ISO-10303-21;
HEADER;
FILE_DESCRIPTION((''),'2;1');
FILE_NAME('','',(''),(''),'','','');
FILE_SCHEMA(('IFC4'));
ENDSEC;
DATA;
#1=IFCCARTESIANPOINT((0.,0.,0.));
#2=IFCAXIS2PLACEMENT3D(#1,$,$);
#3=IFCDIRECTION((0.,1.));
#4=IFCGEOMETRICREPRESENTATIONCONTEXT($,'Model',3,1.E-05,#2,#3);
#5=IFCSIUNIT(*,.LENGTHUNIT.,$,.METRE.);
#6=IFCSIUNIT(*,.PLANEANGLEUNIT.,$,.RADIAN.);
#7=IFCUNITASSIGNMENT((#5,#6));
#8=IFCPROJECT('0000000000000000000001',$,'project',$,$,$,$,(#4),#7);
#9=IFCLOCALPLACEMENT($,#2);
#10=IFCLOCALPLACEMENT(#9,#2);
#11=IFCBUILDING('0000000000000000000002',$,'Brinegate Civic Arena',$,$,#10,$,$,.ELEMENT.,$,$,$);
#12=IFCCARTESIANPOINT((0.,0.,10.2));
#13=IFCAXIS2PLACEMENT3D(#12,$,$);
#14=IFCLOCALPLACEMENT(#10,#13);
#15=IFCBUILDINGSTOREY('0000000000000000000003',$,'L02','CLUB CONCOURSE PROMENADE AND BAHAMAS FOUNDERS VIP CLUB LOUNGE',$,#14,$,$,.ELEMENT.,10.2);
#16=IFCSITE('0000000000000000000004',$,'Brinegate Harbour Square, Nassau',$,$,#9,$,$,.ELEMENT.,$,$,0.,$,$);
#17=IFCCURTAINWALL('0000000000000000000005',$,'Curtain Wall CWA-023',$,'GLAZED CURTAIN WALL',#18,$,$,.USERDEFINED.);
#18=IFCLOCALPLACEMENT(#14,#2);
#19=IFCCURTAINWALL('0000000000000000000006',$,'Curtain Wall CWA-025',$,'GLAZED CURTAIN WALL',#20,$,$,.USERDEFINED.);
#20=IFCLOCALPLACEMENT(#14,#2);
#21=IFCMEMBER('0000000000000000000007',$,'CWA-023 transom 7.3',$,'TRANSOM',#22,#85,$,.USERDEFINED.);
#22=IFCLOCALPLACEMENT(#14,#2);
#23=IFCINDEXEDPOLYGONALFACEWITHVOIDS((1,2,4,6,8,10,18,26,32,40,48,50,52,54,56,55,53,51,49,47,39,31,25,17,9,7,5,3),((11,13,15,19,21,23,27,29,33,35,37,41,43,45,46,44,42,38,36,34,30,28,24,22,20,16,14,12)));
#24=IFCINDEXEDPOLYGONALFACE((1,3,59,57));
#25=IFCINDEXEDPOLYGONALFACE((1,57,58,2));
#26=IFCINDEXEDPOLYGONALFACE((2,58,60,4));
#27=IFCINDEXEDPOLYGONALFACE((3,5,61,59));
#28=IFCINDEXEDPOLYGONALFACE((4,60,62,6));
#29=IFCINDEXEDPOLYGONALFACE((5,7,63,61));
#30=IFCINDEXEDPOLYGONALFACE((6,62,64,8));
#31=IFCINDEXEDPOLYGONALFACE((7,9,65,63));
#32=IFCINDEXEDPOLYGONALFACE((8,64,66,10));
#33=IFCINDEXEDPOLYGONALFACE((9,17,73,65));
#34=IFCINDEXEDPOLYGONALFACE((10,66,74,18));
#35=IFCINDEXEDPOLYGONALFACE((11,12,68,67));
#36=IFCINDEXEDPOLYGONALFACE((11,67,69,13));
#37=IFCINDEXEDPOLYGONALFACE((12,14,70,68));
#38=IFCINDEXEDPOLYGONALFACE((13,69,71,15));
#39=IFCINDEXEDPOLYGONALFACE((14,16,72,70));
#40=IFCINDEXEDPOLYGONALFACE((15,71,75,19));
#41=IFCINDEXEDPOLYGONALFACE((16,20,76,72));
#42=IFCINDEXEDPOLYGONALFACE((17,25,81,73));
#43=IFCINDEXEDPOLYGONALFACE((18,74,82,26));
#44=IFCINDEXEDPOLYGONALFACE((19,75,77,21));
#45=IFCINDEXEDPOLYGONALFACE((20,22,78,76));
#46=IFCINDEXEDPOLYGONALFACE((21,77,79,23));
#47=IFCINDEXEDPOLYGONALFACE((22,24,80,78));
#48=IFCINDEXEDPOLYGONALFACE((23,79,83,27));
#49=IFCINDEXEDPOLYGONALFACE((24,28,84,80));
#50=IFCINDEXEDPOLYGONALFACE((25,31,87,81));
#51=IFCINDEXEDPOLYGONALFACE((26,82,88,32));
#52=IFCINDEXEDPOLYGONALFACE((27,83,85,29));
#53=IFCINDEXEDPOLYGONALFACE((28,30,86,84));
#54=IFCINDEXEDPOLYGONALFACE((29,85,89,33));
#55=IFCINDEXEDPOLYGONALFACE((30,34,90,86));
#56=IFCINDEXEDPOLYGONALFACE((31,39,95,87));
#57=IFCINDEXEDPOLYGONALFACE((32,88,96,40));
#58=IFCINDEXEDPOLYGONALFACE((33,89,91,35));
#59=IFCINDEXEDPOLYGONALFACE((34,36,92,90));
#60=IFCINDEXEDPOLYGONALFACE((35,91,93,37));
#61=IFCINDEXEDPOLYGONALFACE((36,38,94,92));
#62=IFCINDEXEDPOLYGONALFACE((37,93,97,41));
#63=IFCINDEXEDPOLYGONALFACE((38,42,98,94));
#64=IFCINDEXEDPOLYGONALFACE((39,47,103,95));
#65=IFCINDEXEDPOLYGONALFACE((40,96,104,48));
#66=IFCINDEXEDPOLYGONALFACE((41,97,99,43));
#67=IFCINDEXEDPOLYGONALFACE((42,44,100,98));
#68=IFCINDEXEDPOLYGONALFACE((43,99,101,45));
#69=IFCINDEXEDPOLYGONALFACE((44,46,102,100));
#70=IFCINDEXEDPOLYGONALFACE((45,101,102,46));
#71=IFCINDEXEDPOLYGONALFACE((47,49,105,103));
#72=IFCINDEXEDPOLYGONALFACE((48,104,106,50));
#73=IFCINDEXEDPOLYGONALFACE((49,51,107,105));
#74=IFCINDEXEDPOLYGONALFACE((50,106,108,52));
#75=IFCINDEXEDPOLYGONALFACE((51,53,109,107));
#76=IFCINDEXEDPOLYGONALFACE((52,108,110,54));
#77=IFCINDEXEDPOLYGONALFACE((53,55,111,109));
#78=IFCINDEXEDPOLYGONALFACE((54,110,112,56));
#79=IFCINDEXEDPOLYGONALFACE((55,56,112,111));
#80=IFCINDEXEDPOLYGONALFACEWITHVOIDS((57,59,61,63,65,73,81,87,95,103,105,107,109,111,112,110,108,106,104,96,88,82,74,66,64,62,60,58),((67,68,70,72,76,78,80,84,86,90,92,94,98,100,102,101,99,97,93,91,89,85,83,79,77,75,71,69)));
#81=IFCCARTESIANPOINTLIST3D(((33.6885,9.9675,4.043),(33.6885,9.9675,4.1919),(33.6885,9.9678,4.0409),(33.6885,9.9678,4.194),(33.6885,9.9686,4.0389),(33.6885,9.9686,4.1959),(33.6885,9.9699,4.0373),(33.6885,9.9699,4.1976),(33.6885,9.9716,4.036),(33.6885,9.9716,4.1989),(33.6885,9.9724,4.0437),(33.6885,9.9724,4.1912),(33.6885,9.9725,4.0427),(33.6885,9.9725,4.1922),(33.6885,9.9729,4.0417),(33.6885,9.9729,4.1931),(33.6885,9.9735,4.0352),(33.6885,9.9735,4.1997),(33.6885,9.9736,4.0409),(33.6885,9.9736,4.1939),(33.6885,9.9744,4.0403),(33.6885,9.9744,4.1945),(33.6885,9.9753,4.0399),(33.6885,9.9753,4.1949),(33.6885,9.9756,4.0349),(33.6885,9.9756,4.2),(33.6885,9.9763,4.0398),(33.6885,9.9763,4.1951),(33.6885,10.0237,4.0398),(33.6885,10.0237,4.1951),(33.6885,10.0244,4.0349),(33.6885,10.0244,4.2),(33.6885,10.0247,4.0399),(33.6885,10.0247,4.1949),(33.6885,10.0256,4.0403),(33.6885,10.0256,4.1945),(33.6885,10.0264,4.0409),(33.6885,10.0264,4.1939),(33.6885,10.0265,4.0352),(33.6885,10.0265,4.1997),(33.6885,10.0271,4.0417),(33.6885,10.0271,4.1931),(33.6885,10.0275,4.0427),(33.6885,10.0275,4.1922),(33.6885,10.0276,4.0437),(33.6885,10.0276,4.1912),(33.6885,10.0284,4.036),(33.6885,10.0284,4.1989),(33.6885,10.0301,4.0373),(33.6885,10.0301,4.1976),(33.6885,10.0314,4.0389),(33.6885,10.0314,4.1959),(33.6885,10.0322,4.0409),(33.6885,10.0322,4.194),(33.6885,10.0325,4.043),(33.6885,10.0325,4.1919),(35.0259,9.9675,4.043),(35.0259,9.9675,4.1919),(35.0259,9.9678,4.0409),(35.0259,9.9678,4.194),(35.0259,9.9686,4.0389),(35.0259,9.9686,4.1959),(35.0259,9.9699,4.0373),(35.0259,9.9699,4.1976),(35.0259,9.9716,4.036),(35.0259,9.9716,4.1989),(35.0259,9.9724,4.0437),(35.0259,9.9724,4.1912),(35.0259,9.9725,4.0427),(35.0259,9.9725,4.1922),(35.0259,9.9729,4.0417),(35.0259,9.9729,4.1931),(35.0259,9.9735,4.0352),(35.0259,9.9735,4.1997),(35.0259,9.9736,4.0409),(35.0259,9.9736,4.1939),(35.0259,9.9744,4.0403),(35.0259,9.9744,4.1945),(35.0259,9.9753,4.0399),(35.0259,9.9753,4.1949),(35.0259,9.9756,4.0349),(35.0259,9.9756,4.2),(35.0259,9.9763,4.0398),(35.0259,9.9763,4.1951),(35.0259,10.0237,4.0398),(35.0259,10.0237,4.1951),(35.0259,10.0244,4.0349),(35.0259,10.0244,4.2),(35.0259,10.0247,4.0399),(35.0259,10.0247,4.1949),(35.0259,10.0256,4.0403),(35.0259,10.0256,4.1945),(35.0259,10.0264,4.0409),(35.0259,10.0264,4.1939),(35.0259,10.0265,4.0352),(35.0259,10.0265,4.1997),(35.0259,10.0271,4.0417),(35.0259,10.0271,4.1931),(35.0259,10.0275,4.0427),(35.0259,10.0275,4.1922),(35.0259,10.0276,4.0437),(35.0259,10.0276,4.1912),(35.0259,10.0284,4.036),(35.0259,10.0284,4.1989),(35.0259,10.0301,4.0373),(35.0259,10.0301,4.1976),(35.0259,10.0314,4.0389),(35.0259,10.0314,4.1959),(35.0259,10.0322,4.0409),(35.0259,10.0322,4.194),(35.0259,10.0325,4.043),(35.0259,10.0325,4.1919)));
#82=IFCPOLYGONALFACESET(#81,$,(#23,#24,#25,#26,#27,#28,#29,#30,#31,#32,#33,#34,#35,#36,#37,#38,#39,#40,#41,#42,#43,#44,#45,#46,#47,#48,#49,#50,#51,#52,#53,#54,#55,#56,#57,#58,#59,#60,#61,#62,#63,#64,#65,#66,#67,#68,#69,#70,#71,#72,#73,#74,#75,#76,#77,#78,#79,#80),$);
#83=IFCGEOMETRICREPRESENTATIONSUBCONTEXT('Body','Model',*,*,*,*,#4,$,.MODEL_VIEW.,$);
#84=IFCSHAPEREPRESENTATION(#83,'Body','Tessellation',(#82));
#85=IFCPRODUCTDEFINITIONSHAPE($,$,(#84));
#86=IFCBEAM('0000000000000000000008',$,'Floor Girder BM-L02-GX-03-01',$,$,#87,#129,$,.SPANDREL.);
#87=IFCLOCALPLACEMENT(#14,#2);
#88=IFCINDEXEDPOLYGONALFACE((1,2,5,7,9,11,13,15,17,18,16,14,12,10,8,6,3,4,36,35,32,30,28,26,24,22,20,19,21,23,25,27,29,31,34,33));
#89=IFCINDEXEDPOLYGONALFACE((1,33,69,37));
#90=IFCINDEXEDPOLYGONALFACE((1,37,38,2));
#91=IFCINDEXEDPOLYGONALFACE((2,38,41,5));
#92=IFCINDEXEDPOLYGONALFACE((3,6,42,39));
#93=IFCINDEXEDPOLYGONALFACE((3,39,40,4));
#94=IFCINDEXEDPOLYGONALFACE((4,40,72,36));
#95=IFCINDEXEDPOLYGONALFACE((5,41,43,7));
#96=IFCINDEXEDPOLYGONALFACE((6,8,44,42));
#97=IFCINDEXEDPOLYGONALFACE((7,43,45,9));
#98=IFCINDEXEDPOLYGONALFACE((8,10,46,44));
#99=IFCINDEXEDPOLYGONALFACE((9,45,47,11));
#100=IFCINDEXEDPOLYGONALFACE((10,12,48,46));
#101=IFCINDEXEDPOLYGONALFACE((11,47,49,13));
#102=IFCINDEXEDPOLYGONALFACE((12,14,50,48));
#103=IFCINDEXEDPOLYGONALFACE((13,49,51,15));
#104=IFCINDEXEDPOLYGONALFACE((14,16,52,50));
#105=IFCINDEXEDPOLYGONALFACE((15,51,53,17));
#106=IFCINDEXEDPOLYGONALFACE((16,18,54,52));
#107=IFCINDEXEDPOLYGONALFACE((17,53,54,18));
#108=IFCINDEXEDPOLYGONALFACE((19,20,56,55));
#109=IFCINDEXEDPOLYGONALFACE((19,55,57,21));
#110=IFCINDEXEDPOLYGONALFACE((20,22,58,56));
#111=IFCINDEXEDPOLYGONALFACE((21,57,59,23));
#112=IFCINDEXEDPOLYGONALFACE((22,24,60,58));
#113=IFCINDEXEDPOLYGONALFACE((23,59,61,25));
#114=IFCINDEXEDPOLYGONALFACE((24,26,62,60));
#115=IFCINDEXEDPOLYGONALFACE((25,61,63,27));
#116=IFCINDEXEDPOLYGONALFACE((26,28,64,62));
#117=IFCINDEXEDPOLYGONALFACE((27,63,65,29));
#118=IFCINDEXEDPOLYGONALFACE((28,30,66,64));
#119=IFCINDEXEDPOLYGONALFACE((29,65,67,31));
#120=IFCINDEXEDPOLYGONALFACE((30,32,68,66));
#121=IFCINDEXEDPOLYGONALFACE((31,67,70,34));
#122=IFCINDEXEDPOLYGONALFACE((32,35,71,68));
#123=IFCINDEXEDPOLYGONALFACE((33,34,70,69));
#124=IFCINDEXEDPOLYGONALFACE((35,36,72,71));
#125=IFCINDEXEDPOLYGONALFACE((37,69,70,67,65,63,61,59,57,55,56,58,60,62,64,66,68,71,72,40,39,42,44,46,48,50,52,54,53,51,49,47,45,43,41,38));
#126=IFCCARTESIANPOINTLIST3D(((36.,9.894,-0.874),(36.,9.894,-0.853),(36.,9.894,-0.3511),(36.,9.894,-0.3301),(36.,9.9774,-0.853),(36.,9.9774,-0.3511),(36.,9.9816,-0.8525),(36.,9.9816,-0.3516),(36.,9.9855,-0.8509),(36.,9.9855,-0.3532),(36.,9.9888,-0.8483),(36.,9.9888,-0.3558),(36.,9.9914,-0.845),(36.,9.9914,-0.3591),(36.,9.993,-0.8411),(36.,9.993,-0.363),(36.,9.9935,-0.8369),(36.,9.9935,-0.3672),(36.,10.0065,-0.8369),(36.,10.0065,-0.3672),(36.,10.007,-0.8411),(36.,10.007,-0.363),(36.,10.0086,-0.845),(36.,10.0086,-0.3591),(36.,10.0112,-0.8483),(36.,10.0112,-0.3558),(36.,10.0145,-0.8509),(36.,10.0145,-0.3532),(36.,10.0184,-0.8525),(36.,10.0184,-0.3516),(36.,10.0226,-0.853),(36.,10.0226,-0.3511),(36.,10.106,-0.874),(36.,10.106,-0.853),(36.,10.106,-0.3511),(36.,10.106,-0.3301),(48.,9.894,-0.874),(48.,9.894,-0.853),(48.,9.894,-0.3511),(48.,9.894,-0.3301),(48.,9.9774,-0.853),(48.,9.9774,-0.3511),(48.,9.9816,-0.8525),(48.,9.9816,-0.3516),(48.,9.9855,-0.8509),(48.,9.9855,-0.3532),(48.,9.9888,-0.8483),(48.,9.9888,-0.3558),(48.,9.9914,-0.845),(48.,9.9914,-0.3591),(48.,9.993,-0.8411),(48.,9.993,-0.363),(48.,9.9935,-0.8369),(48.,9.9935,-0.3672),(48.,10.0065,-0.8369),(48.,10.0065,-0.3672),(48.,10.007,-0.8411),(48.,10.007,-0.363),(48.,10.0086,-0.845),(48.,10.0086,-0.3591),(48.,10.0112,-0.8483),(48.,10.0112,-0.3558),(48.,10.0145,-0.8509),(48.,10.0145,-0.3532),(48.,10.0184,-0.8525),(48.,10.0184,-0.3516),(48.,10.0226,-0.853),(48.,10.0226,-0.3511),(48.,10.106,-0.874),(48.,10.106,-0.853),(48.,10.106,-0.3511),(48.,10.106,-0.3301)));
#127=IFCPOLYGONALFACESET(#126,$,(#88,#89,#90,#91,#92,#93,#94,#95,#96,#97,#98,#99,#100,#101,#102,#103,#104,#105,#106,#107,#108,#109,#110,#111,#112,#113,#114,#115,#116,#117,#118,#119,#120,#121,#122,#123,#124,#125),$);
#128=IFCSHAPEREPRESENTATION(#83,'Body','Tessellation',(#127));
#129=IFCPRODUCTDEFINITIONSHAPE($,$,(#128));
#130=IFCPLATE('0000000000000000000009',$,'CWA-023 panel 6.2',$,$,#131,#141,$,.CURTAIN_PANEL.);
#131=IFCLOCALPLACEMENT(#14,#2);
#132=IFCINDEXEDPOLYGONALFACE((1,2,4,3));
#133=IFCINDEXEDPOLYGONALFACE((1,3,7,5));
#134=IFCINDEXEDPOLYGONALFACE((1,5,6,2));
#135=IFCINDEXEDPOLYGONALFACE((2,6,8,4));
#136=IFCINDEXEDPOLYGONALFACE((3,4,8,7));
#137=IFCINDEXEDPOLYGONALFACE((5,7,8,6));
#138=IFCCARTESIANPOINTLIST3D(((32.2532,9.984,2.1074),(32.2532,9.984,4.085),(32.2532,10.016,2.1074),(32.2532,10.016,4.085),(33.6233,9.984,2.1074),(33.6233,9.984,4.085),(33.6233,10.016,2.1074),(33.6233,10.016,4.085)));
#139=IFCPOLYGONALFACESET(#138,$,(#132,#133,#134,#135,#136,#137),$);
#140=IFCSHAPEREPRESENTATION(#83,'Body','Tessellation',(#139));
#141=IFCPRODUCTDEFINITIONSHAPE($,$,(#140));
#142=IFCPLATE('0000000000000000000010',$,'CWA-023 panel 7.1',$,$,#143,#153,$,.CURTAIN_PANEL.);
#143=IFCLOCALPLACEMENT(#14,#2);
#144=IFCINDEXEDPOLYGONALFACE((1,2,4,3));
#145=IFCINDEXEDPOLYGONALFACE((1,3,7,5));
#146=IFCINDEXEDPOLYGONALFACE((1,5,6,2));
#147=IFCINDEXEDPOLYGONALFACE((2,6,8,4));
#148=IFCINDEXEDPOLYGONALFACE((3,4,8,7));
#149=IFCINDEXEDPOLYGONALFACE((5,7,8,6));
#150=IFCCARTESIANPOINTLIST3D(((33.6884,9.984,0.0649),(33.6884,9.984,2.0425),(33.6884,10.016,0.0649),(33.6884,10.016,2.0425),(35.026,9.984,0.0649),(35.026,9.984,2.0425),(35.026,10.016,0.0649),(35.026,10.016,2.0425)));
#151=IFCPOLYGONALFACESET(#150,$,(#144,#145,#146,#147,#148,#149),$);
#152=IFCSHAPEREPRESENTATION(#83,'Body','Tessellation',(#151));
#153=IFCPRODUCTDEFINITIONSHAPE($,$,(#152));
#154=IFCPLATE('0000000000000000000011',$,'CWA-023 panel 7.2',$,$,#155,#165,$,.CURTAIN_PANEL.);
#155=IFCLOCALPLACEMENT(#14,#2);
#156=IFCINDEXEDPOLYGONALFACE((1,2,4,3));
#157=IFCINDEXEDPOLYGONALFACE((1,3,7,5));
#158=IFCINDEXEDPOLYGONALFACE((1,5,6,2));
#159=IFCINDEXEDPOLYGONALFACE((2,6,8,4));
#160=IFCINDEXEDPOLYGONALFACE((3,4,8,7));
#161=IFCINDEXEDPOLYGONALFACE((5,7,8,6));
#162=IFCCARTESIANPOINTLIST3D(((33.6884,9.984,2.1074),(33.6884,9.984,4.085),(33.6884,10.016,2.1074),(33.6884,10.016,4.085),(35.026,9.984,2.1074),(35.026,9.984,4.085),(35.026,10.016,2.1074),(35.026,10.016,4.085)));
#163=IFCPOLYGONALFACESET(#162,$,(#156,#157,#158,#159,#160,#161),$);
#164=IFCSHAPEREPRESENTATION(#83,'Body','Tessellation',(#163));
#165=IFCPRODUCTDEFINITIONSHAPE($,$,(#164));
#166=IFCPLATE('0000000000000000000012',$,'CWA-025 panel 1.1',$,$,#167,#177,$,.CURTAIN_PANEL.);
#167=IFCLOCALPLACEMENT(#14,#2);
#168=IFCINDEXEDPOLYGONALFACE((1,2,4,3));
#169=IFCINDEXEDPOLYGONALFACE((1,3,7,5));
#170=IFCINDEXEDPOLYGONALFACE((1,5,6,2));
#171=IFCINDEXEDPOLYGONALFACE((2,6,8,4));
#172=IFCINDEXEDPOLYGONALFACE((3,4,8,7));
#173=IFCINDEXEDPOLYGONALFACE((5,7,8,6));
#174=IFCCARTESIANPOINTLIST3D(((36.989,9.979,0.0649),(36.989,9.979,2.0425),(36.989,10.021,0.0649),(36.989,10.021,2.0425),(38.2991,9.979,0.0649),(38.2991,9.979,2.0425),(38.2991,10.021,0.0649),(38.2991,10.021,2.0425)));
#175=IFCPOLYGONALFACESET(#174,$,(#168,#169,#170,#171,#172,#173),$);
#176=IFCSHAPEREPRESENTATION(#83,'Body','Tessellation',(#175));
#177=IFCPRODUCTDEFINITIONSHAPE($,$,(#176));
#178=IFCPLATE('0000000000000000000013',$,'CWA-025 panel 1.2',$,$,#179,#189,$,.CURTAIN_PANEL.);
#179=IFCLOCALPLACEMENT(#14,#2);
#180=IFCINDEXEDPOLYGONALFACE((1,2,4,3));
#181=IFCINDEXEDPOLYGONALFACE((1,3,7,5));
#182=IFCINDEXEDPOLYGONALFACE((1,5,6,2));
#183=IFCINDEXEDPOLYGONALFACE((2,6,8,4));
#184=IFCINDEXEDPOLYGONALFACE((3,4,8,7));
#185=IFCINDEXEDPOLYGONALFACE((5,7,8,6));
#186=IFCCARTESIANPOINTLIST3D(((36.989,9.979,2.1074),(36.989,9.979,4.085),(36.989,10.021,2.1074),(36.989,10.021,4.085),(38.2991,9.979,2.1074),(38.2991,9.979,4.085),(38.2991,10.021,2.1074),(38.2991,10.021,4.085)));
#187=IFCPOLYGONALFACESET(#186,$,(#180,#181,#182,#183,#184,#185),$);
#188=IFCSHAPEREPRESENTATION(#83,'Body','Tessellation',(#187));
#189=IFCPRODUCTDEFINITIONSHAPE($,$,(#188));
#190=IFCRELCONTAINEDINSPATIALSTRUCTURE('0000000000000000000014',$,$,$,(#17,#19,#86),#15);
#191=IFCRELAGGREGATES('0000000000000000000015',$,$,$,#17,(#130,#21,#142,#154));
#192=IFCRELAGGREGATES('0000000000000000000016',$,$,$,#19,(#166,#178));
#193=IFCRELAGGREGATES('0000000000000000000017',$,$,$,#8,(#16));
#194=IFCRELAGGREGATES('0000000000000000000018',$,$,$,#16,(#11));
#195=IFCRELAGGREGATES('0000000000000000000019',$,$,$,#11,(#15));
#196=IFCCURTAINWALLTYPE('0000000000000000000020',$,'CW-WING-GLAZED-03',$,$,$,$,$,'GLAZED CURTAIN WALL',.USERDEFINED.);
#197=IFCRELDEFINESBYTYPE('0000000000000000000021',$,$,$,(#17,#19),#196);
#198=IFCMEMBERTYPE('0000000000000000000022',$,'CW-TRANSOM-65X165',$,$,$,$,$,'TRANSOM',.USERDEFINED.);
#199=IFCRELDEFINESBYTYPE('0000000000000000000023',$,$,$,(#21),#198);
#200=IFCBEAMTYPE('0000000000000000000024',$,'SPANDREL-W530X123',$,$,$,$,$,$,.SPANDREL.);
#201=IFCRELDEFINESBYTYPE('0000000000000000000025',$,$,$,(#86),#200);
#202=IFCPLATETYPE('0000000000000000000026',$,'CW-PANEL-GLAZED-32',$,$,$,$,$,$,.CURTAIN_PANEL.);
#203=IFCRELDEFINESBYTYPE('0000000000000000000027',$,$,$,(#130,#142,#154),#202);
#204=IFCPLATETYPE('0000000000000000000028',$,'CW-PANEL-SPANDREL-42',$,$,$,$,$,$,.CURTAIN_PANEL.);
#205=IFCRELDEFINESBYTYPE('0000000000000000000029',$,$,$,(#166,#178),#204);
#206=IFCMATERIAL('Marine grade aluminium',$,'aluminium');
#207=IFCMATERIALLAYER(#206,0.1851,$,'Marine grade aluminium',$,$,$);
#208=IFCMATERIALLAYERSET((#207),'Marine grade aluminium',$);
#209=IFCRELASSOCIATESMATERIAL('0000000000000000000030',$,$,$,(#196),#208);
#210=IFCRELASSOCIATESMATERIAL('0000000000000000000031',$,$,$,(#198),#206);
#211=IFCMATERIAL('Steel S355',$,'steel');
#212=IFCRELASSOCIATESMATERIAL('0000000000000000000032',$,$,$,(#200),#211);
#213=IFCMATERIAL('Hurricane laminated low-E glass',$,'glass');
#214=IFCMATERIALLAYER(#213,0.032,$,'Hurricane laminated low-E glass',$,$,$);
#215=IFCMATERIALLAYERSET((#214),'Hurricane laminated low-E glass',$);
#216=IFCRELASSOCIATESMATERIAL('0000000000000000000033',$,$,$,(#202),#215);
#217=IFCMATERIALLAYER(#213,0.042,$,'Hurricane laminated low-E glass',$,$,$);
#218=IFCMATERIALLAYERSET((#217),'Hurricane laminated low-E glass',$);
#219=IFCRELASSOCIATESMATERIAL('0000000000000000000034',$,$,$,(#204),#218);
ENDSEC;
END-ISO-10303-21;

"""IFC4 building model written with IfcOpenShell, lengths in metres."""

from ifc_helpers import new_model, si_unit, direction, frame, origin, origin_2d, place, context, subcontext, project, spatial, rectangle, hollow_rectangle, i_section, extrude, material, layer, layer_set, material_profile, profile_set, type_object, element, aggregate, save


model = new_model("IFC4")

# Units and contexts
model_context = context("Model", 3, precision=1e-05, world=origin(), true_north=direction((0.0, 1.0)))
body_context = subcontext(model_context, "Body", "Model", "MODEL_VIEW")
ifc_project = project(units=[si_unit("LENGTHUNIT", "METRE"), si_unit("PLANEANGLEUNIT", "RADIAN")], contexts=[model_context])

# Site, building, storey
site_placement = place(None, origin())
site = spatial("IfcSite", under=ifc_project, at=site_placement, Name="Brinegate Harbour Square, Nassau", CompositionType="ELEMENT", RefElevation=0.0)
building_placement = place(site_placement, origin())
building = spatial("IfcBuilding", under=site, at=building_placement, Name="Brinegate Civic Arena", CompositionType="ELEMENT")
storey_placement = place(building_placement, frame((0.0, 0.0, 10.2)))
storey = spatial("IfcBuildingStorey", under=building, at=storey_placement, Name="L02", Description="CLUB CONCOURSE PROMENADE AND BAHAMAS FOUNDERS VIP CLUB LOUNGE", CompositionType="ELEMENT", Elevation=10.2)

# Shared definitions
ifc_material_1 = material(Name="Steel S355", Category="steel")

# Curtain walls
ifc_material_2 = material(Name="Marine grade aluminium", Category="aluminium")
ifc_layer_1 = layer(ifc_material_2, 0.1851, Name="Marine grade aluminium")
ifc_layer_set_1 = layer_set([ifc_layer_1], Name="Marine grade aluminium")
curtain_wall_type = type_object("IfcCurtainWallType", Name="CW-WING-GLAZED-03", ElementType="GLAZED CURTAIN WALL", PredefinedType="USERDEFINED", material=ifc_layer_set_1)
curtain_wall_1_placement = place(storey_placement, origin())
curtain_wall_1 = element("IfcCurtainWall", 1, at=curtain_wall_1_placement, inside=storey, type_object=curtain_wall_type, Name="Curtain Wall CWA-023", ObjectType="GLAZED CURTAIN WALL", PredefinedType="USERDEFINED")
curtain_wall_2_placement = place(storey_placement, origin())
curtain_wall_2 = element("IfcCurtainWall", 2, at=curtain_wall_2_placement, inside=storey, type_object=curtain_wall_type, Name="Curtain Wall CWA-025", ObjectType="GLAZED CURTAIN WALL", PredefinedType="USERDEFINED")

# Member
ifc_material_profile_1 = material_profile(ifc_material_2, hollow_rectangle(XDim=0.0649, YDim=0.165, WallThickness=0.0049, InnerFilletRadius=0.0039, OuterFilletRadius=0.0081, at=origin_2d()), Name="TRN65X165")
ifc_profile_set_1 = profile_set([ifc_material_profile_1], Name="Marine grade aluminium")
member_type_1 = type_object("IfcMemberType", Name="CW-TRANSOM-65X165", ElementType="TRANSOM", PredefinedType="USERDEFINED", material=ifc_profile_set_1)
member_1_placement = place(storey_placement, frame((33.6885, 10.0, 4.1174), z_axis=(1.0, 0.0, 0.0), x_axis=(0.0, 1.0, 0.0)))
member_1 = element("IfcMember", 3, at=member_1_placement, type_object=member_type_1, Name="CWA-023 transom 7.3", ObjectType="TRANSOM", PredefinedType="USERDEFINED", context=body_context, shape_type="SweptSolid", body=[
    extrude(hollow_rectangle(XDim=0.0649, YDim=0.165, WallThickness=0.0049, InnerFilletRadius=0.0039, OuterFilletRadius=0.0081, at=origin_2d()), origin(), (0.0, 0.0, 1.0), 1.3374),
])

# Beam
ifc_material_profile_2 = material_profile(ifc_material_1, i_section(OverallWidth=0.2119, OverallDepth=0.5439, WebThickness=0.0129, FlangeThickness=0.021, FilletRadius=0.0161, at=origin_2d()), Name="W530X123")
ifc_profile_set_2 = profile_set([ifc_material_profile_2], Name="Steel S355")
beam_type = type_object("IfcBeamType", Name="SPANDREL-W530X123", PredefinedType="SPANDREL", material=ifc_profile_set_2)
beam_placement = place(storey_placement, frame((36.0, 10.0, -0.6021), z_axis=(1.0, 0.0, 0.0), x_axis=(0.0, 1.0, 0.0)))
element("IfcBeam", 4, at=beam_placement, inside=storey, type_object=beam_type, Name="Floor Girder BM-L02-GX-03-01", PredefinedType="SPANDREL", context=body_context, shape_type="SweptSolid", body=[
    extrude(i_section(OverallWidth=0.2119, OverallDepth=0.5439, WebThickness=0.0129, FlangeThickness=0.021, FilletRadius=0.0161, at=origin_2d()), origin(), (0.0, 0.0, 1.0), 12.0),
])

# Plates
ifc_material_3 = material(Name="Hurricane laminated low-E glass", Category="glass")
ifc_layer_2 = layer(ifc_material_3, 0.032, Name="Hurricane laminated low-E glass")
ifc_layer_set_2 = layer_set([ifc_layer_2], Name="Hurricane laminated low-E glass")
plate_type_1 = type_object("IfcPlateType", Name="CW-PANEL-GLAZED-32", PredefinedType="CURTAIN_PANEL", material=ifc_layer_set_2)
plate_1_placement = place(storey_placement, frame((32.9382, 10.0, 2.1074), z_axis=(0.0, 0.0, 1.0), x_axis=(1.0, 0.0, 0.0)))
plate_1 = element("IfcPlate", 5, at=plate_1_placement, type_object=plate_type_1, Name="CWA-023 panel 6.2", PredefinedType="CURTAIN_PANEL", context=body_context, shape_type="SweptSolid", body=[
    extrude(rectangle(XDim=1.3701, YDim=0.032, at=origin_2d()), origin(), (0.0, 0.0, 1.0), 1.9775),
])
plate_2_placement = place(storey_placement, frame((34.3572, 10.0, 0.0649), z_axis=(0.0, 0.0, 1.0), x_axis=(1.0, 0.0, 0.0)))
plate_2 = element("IfcPlate", 6, at=plate_2_placement, type_object=plate_type_1, Name="CWA-023 panel 7.1", PredefinedType="CURTAIN_PANEL", context=body_context, shape_type="SweptSolid", body=[
    extrude(rectangle(XDim=1.3376, YDim=0.032, at=origin_2d()), origin(), (0.0, 0.0, 1.0), 1.9775),
])
plate_3_placement = place(storey_placement, frame((34.3572, 10.0, 2.1074), z_axis=(0.0, 0.0, 1.0), x_axis=(1.0, 0.0, 0.0)))
plate_3 = element("IfcPlate", 7, at=plate_3_placement, type_object=plate_type_1, Name="CWA-023 panel 7.2", PredefinedType="CURTAIN_PANEL", context=body_context, shape_type="SweptSolid", body=[
    extrude(rectangle(XDim=1.3376, YDim=0.032, at=origin_2d()), origin(), (0.0, 0.0, 1.0), 1.9775),
])
aggregate(curtain_wall_1, [plate_1, member_1, plate_2, plate_3])
ifc_layer_3 = layer(ifc_material_3, 0.042, Name="Hurricane laminated low-E glass")
ifc_layer_set_3 = layer_set([ifc_layer_3], Name="Hurricane laminated low-E glass")
plate_type_2 = type_object("IfcPlateType", Name="CW-PANEL-SPANDREL-42", PredefinedType="CURTAIN_PANEL", material=ifc_layer_set_3)
plate_4_placement = place(storey_placement, frame((37.644, 10.0, 0.0649), z_axis=(0.0, 0.0, 1.0), x_axis=(1.0, 0.0, 0.0)))
plate_4 = element("IfcPlate", 8, at=plate_4_placement, type_object=plate_type_2, Name="CWA-025 panel 1.1", PredefinedType="CURTAIN_PANEL", context=body_context, shape_type="SweptSolid", body=[
    extrude(rectangle(XDim=1.3101, YDim=0.042, at=origin_2d()), origin(), (0.0, 0.0, 1.0), 1.9775),
])
plate_5_placement = place(storey_placement, frame((37.644, 10.0, 2.1074), z_axis=(0.0, 0.0, 1.0), x_axis=(1.0, 0.0, 0.0)))
plate_5 = element("IfcPlate", 9, at=plate_5_placement, type_object=plate_type_2, Name="CWA-025 panel 1.2", PredefinedType="CURTAIN_PANEL", context=body_context, shape_type="SweptSolid", body=[
    extrude(rectangle(XDim=1.3101, YDim=0.042, at=origin_2d()), origin(), (0.0, 0.0, 1.0), 1.9775),
])
aggregate(curtain_wall_2, [plate_4, plate_5])

save(model, "model.ifc")
